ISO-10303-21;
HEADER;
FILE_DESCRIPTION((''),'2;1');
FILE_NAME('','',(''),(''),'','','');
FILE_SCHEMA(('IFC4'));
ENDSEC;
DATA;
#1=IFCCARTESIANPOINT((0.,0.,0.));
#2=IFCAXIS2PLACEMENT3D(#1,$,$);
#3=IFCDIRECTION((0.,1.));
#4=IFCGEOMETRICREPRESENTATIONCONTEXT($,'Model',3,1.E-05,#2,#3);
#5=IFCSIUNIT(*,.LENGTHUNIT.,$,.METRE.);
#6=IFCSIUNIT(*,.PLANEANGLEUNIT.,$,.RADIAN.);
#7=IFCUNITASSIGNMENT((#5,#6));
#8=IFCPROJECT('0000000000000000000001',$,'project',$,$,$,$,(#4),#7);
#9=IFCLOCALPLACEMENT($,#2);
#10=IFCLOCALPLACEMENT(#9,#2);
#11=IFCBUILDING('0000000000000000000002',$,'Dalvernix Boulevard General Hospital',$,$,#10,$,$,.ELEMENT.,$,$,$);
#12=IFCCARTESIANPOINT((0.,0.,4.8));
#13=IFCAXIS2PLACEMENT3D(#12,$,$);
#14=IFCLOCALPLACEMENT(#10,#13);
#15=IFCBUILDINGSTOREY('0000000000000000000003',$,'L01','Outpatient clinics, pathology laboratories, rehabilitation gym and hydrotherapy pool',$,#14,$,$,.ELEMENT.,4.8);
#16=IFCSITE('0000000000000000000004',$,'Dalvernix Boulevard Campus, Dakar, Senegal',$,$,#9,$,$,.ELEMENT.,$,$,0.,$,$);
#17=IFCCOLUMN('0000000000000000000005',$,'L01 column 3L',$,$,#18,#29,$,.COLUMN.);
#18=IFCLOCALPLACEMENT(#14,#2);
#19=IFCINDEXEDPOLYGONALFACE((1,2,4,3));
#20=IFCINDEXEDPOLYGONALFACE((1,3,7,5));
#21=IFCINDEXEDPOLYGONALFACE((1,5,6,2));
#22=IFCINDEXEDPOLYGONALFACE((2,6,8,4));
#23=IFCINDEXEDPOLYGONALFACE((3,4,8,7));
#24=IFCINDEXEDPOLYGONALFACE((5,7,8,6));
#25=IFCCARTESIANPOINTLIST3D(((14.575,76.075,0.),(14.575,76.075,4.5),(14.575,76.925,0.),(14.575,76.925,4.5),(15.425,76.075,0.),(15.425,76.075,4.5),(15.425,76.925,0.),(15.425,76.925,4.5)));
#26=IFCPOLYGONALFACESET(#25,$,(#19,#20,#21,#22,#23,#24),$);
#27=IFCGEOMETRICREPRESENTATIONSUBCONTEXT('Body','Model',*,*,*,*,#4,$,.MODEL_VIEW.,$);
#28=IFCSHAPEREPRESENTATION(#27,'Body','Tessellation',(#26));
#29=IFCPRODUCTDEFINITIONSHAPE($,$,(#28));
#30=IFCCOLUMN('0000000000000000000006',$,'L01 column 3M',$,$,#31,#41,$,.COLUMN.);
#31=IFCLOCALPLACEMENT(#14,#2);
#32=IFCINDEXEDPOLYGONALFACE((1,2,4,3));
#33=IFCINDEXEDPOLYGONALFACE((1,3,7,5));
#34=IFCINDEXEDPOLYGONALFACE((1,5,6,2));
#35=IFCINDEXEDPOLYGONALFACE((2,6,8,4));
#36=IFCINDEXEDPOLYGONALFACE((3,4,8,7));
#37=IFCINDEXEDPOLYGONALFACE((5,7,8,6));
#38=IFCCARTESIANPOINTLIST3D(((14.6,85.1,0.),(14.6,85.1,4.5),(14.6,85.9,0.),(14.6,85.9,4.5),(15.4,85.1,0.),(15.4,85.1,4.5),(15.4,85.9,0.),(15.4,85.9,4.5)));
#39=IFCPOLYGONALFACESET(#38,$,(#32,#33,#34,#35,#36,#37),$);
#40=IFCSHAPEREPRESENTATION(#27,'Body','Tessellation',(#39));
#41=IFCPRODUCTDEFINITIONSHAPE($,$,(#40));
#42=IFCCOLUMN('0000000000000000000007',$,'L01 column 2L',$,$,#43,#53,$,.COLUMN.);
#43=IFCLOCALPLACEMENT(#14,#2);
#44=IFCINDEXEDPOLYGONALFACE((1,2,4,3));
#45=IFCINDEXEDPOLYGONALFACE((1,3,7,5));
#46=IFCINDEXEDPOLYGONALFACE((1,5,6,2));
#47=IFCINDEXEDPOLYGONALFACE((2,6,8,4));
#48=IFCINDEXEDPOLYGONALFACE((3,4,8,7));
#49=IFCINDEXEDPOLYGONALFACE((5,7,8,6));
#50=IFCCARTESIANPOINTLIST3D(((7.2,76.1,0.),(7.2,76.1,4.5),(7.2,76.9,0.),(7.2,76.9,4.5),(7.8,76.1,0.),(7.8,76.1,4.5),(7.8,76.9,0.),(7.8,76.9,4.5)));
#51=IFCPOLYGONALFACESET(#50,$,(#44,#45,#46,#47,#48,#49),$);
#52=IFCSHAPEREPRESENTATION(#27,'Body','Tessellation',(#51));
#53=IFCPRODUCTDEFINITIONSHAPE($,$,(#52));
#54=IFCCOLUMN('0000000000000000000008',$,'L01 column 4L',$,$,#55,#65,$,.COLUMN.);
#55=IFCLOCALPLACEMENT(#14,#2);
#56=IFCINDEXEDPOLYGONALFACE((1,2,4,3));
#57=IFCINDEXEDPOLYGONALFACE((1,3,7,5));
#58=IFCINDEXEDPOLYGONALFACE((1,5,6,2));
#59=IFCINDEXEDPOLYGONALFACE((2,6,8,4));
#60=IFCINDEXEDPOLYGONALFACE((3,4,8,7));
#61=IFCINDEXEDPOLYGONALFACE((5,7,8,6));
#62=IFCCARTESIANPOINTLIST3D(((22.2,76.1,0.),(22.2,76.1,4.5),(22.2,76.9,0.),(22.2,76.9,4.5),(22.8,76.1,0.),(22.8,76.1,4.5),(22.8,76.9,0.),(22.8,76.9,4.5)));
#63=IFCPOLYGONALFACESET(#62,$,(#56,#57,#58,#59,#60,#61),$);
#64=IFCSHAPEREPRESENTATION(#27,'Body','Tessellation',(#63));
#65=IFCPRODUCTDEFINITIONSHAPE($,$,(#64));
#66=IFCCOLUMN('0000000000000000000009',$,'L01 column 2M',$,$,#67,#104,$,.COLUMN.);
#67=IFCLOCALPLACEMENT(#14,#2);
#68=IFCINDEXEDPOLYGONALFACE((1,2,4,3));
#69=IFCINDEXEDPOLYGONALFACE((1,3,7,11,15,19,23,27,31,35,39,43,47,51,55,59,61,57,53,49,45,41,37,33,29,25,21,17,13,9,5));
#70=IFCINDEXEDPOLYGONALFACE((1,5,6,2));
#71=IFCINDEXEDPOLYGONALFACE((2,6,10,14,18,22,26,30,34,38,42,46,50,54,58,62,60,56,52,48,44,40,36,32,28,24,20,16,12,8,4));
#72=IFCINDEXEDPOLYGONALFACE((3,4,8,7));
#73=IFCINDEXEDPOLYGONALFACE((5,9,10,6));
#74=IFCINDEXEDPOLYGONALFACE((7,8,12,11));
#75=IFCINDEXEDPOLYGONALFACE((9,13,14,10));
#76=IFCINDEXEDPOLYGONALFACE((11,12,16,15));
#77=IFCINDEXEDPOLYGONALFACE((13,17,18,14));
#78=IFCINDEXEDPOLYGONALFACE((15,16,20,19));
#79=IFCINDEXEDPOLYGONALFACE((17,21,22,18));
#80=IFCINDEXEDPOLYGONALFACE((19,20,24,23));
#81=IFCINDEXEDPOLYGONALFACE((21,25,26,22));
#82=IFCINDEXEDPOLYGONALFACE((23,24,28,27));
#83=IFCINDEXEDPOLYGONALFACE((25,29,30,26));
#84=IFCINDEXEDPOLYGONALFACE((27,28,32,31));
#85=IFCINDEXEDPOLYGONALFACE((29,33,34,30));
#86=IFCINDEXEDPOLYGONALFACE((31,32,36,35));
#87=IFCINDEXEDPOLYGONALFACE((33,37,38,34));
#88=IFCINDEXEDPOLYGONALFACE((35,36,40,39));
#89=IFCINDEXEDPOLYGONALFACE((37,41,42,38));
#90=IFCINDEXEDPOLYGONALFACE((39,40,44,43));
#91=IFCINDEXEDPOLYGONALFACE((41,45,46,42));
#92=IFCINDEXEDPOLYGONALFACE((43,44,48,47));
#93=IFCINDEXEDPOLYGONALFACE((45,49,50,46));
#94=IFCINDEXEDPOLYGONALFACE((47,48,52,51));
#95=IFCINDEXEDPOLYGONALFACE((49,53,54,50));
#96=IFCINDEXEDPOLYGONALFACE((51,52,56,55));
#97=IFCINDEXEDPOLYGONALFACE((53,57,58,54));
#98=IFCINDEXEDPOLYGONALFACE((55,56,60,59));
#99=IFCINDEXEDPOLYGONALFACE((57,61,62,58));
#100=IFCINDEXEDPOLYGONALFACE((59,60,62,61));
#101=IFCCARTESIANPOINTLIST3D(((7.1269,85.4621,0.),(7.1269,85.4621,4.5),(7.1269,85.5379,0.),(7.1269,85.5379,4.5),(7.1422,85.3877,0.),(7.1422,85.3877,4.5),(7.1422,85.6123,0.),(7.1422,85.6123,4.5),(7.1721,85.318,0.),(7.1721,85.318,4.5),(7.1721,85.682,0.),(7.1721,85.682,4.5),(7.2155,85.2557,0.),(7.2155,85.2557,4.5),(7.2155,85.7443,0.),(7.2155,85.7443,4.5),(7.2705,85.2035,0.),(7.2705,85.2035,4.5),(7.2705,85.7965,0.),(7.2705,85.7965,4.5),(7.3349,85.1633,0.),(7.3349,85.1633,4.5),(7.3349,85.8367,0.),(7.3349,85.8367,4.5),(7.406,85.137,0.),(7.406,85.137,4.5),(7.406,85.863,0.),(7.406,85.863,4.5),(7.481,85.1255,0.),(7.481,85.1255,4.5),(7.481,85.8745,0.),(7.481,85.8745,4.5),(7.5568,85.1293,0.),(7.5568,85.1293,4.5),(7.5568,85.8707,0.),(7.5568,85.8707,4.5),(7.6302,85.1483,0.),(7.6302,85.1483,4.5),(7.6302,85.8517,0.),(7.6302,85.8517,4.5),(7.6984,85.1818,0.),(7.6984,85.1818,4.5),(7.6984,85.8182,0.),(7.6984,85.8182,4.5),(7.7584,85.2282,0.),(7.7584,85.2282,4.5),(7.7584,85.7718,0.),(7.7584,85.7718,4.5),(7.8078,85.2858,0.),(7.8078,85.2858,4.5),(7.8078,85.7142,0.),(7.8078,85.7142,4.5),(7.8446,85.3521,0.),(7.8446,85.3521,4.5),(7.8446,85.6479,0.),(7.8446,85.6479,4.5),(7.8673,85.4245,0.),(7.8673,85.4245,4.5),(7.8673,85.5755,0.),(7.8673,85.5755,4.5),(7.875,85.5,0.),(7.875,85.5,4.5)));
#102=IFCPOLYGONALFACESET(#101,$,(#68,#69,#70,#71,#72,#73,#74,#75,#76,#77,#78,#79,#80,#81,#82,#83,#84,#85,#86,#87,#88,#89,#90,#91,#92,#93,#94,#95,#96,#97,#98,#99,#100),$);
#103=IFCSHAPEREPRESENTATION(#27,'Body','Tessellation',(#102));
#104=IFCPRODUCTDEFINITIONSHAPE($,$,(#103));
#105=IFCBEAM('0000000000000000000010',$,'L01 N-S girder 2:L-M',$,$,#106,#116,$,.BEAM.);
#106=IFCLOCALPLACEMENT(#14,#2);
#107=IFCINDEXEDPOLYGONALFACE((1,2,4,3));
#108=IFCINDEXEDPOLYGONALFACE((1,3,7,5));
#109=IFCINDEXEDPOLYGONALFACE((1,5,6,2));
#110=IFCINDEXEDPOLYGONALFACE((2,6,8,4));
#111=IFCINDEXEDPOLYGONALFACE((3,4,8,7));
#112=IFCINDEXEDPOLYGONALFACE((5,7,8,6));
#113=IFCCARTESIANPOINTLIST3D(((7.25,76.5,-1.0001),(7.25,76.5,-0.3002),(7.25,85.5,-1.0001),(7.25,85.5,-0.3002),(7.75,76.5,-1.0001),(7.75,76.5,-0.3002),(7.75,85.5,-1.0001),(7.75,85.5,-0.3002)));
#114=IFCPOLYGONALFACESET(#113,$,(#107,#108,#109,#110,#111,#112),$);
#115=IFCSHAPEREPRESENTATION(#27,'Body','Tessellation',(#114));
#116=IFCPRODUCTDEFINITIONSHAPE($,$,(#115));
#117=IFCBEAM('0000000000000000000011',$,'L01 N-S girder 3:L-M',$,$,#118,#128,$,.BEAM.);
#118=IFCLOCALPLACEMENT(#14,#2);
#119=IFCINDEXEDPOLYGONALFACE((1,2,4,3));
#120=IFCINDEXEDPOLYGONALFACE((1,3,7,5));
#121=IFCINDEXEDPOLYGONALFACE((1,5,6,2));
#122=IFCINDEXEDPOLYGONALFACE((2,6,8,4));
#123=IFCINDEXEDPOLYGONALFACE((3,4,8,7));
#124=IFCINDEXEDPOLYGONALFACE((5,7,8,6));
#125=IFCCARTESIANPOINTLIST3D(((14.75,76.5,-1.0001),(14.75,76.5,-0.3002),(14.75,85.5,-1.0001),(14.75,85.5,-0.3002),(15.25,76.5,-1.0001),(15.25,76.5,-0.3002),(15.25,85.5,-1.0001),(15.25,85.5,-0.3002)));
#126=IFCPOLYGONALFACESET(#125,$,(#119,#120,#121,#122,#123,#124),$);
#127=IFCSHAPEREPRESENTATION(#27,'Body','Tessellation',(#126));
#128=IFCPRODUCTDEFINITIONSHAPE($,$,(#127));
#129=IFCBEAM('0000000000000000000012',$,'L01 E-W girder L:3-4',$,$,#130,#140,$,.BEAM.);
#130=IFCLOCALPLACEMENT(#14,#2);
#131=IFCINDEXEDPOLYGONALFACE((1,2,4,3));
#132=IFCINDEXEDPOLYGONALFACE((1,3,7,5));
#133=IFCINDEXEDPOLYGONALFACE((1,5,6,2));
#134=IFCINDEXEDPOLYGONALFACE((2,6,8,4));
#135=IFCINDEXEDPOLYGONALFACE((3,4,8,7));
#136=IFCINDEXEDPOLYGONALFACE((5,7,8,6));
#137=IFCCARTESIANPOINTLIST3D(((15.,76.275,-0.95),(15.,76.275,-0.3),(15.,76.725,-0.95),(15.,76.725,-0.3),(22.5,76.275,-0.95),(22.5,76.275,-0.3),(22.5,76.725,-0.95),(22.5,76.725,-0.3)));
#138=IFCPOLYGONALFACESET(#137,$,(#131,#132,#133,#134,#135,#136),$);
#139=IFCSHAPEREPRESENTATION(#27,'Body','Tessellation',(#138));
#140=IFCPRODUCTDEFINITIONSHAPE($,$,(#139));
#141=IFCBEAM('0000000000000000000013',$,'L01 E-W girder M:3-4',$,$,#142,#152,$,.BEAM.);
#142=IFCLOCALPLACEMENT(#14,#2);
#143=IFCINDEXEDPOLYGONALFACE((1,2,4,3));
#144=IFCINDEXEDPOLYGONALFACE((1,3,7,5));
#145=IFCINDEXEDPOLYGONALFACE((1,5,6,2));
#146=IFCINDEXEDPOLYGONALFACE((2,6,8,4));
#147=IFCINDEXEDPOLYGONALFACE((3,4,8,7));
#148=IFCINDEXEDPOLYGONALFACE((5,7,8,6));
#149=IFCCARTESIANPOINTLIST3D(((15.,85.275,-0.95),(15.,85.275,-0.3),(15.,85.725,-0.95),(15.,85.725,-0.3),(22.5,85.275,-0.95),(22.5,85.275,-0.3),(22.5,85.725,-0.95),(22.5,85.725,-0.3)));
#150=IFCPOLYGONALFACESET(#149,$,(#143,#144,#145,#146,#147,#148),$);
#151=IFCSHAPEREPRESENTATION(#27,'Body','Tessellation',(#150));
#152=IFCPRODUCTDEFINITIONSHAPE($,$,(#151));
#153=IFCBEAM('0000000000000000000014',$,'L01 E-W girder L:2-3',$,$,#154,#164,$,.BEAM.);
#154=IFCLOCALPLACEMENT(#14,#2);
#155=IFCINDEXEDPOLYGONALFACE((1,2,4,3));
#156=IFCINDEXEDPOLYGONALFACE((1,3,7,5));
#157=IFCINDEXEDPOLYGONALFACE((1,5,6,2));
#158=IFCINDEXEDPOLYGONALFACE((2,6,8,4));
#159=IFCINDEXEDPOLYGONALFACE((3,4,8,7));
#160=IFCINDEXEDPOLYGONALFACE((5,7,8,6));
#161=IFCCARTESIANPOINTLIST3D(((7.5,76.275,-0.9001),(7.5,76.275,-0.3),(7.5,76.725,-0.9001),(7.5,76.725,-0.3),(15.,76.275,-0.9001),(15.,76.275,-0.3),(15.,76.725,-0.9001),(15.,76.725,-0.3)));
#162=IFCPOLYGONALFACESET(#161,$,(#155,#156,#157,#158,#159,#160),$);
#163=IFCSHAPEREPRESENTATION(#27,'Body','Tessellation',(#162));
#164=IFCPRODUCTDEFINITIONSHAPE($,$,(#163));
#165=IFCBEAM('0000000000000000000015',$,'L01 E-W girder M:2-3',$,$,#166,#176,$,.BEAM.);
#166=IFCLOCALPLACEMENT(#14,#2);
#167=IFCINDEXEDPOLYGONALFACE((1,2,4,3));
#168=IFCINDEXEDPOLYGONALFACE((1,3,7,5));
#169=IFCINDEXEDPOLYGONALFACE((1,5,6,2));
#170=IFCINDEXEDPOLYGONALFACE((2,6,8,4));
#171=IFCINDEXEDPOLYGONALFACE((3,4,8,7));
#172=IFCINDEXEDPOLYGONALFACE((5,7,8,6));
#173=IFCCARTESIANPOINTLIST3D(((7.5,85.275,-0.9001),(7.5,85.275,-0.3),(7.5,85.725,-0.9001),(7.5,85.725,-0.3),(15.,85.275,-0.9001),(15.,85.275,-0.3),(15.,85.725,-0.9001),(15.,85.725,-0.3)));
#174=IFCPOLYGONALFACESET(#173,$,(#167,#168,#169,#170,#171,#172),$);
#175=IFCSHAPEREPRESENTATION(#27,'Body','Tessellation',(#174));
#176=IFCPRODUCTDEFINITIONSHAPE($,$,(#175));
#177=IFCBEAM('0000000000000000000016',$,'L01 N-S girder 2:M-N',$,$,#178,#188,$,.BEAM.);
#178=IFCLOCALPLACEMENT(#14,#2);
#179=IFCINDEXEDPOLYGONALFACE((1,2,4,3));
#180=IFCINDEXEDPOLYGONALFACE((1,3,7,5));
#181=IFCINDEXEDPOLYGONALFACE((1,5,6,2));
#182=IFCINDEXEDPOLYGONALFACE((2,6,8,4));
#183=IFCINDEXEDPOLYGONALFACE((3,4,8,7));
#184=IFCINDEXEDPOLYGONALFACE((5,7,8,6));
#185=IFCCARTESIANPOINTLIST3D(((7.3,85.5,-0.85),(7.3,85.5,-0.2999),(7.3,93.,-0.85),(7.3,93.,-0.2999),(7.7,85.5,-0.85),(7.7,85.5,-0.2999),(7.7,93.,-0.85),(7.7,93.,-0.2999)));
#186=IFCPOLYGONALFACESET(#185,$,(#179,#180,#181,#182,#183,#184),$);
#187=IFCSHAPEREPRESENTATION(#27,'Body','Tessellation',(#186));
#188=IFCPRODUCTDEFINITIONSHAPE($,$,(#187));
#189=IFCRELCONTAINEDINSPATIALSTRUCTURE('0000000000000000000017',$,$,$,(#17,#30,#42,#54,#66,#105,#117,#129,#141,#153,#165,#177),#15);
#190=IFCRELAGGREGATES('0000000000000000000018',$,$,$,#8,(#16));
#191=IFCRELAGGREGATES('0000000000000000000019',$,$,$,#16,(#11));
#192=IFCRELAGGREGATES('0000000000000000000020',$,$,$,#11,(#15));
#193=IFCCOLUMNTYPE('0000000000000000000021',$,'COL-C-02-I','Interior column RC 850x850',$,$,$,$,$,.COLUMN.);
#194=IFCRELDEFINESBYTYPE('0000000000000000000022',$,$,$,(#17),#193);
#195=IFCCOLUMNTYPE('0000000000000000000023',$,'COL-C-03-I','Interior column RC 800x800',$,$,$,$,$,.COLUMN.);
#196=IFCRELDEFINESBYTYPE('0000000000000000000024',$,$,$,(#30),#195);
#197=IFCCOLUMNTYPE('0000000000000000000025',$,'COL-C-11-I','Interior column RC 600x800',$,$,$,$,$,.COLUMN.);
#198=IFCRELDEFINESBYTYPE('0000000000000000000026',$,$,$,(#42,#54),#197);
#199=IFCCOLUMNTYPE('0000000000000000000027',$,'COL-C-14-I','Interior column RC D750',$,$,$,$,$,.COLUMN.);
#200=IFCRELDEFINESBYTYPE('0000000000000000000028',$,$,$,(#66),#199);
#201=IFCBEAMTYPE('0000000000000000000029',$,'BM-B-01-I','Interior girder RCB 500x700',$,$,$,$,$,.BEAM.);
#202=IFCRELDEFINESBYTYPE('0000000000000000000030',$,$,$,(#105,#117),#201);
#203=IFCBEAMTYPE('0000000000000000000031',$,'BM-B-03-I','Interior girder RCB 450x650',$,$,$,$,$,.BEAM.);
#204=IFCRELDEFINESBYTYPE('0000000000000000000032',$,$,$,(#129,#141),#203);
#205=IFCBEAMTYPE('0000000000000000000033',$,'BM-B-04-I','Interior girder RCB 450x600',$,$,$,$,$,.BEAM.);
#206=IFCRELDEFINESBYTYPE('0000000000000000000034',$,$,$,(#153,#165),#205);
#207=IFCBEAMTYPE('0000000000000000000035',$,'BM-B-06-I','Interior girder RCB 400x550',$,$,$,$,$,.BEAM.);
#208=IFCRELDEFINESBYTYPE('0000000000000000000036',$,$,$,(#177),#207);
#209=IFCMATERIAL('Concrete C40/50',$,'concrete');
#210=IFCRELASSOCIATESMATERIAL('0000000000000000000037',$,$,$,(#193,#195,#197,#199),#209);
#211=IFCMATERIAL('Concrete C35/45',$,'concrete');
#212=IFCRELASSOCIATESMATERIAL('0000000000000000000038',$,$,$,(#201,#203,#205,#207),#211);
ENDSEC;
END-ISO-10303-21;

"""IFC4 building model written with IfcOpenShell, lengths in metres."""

from ifc_helpers import new_model, si_unit, direction, frame, origin, origin_2d, place, context, subcontext, project, spatial, rectangle, circle, extrude, material, material_profile, profile_set, type_object, element, save


model = new_model("IFC4")

# Units and contexts
model_context = context("Model", 3, precision=1e-05, world=origin(), true_north=direction((0.0, 1.0)))
body_context = subcontext(model_context, "Body", "Model", "MODEL_VIEW")
ifc_project = project(units=[si_unit("LENGTHUNIT", "METRE"), si_unit("PLANEANGLEUNIT", "RADIAN")], contexts=[model_context])

# Site, building, storey
site_placement = place(None, origin())
site = spatial("IfcSite", under=ifc_project, at=site_placement, Name="Dalvernix Boulevard Campus, Dakar, Senegal", CompositionType="ELEMENT", RefElevation=0.0)
building_placement = place(site_placement, origin())
building = spatial("IfcBuilding", under=site, at=building_placement, Name="Dalvernix Boulevard General Hospital", CompositionType="ELEMENT")
storey_placement = place(building_placement, frame((0.0, 0.0, 4.8)))
storey = spatial("IfcBuildingStorey", under=building, at=storey_placement, Name="L01", Description="Outpatient clinics, pathology laboratories, rehabilitation gym and hydrotherapy pool", CompositionType="ELEMENT", Elevation=4.8)

# Columns
ifc_material_1 = material(Name="Concrete C40/50", Category="concrete")
ifc_material_profile_1 = material_profile(ifc_material_1, rectangle(XDim=0.8501, YDim=0.8501, at=origin_2d()), Name="RC 850x850")
ifc_profile_set_1 = profile_set([ifc_material_profile_1], Name="Concrete C40/50")
column_type_1 = type_object("IfcColumnType", Name="COL-C-02-I", Description="Interior column RC 850x850", PredefinedType="COLUMN", material=ifc_profile_set_1)
column_1_placement = place(storey_placement, frame((15.0, 76.5, 0.0), z_axis=(0.0, 0.0, 1.0), x_axis=(1.0, 0.0, 0.0)))
element("IfcColumn", 1, at=column_1_placement, inside=storey, type_object=column_type_1, Name="L01 column 3L", PredefinedType="COLUMN", context=body_context, shape_type="SweptSolid", body=[
    extrude(rectangle(XDim=0.8501, YDim=0.8501, at=origin_2d()), origin(), (0.0, 0.0, 1.0), 4.5),
])
ifc_material_profile_2 = material_profile(ifc_material_1, rectangle(XDim=0.8, YDim=0.8, at=origin_2d()), Name="RC 800x800")
ifc_profile_set_2 = profile_set([ifc_material_profile_2], Name="Concrete C40/50")
column_type_2 = type_object("IfcColumnType", Name="COL-C-03-I", Description="Interior column RC 800x800", PredefinedType="COLUMN", material=ifc_profile_set_2)
column_2_placement = place(storey_placement, frame((15.0, 85.5, 0.0), z_axis=(0.0, 0.0, 1.0), x_axis=(1.0, 0.0, 0.0)))
element("IfcColumn", 2, at=column_2_placement, inside=storey, type_object=column_type_2, Name="L01 column 3M", PredefinedType="COLUMN", context=body_context, shape_type="SweptSolid", body=[
    extrude(rectangle(XDim=0.8, YDim=0.8, at=origin_2d()), origin(), (0.0, 0.0, 1.0), 4.5),
])
ifc_material_profile_3 = material_profile(ifc_material_1, rectangle(XDim=0.6001, YDim=0.8, at=origin_2d()), Name="RC 600x800")
ifc_profile_set_3 = profile_set([ifc_material_profile_3], Name="Concrete C40/50")
column_type_3 = type_object("IfcColumnType", Name="COL-C-11-I", Description="Interior column RC 600x800", PredefinedType="COLUMN", material=ifc_profile_set_3)
for number, where, z_axis, x_axis, name in (
    (3, (7.5, 76.5, 0.0), (0.0, 0.0, 1.0), (1.0, 0.0, 0.0), "L01 column 2L"),
    (4, (22.5, 76.5, 0.0), (0.0, 0.0, 1.0), (1.0, 0.0, 0.0), "L01 column 4L"),
):
    element("IfcColumn", number, at=place(storey_placement, frame(where, z_axis=z_axis, x_axis=x_axis)), inside=storey, type_object=column_type_3, Name=name, PredefinedType="COLUMN", context=body_context, shape_type="SweptSolid", body=[
        extrude(rectangle(XDim=0.6001, YDim=0.8, at=origin_2d()), origin(), (0.0, 0.0, 1.0), 4.5),
    ])
ifc_material_profile_4 = material_profile(ifc_material_1, circle(Radius=0.375, at=origin_2d()), Name="RC D750")
ifc_profile_set_4 = profile_set([ifc_material_profile_4], Name="Concrete C40/50")
column_type_4 = type_object("IfcColumnType", Name="COL-C-14-I", Description="Interior column RC D750", PredefinedType="COLUMN", material=ifc_profile_set_4)
column_3_placement = place(storey_placement, frame((7.5, 85.5, 0.0), z_axis=(0.0, 0.0, 1.0), x_axis=(1.0, 0.0, 0.0)))
element("IfcColumn", 5, at=column_3_placement, inside=storey, type_object=column_type_4, Name="L01 column 2M", PredefinedType="COLUMN", context=body_context, shape_type="SweptSolid", body=[
    extrude(circle(Radius=0.375, at=origin_2d()), origin(), (0.0, 0.0, 1.0), 4.5),
])

# Beams
ifc_material_2 = material(Name="Concrete C35/45", Category="concrete")
ifc_material_profile_5 = material_profile(ifc_material_2, rectangle(XDim=0.5, YDim=0.7, at=origin_2d()), Name="RCB 500x700")
ifc_profile_set_5 = profile_set([ifc_material_profile_5], Name="Concrete C35/45")
beam_type_1 = type_object("IfcBeamType", Name="BM-B-01-I", Description="Interior girder RCB 500x700", PredefinedType="BEAM", material=ifc_profile_set_5)
for number, where, z_axis, x_axis, name in (
    (6, (7.5, 76.5, -0.6501), (0.0, 1.0, 0.0), (-1.0, 0.0, 0.0), "L01 N-S girder 2:L-M"),
    (7, (15.0, 76.5, -0.6501), (0.0, 1.0, 0.0), (-1.0, 0.0, 0.0), "L01 N-S girder 3:L-M"),
):
    element("IfcBeam", number, at=place(storey_placement, frame(where, z_axis=z_axis, x_axis=x_axis)), inside=storey, type_object=beam_type_1, Name=name, PredefinedType="BEAM", context=body_context, shape_type="SweptSolid", body=[
        extrude(rectangle(XDim=0.5, YDim=0.7, at=origin_2d()), origin(), (0.0, 0.0, 1.0), 9.0),
    ])
ifc_material_profile_6 = material_profile(ifc_material_2, rectangle(XDim=0.45, YDim=0.6499, at=origin_2d()), Name="RCB 450x650")
ifc_profile_set_6 = profile_set([ifc_material_profile_6], Name="Concrete C35/45")
beam_type_2 = type_object("IfcBeamType", Name="BM-B-03-I", Description="Interior girder RCB 450x650", PredefinedType="BEAM", material=ifc_profile_set_6)
for number, where, z_axis, x_axis, name in (
    (8, (15.0, 76.5, -0.625), (1.0, 0.0, 0.0), (0.0, 1.0, 0.0), "L01 E-W girder L:3-4"),
    (9, (15.0, 85.5, -0.625), (1.0, 0.0, 0.0), (0.0, 1.0, 0.0), "L01 E-W girder M:3-4"),
):
    element("IfcBeam", number, at=place(storey_placement, frame(where, z_axis=z_axis, x_axis=x_axis)), inside=storey, type_object=beam_type_2, Name=name, PredefinedType="BEAM", context=body_context, shape_type="SweptSolid", body=[
        extrude(rectangle(XDim=0.45, YDim=0.6499, at=origin_2d()), origin(), (0.0, 0.0, 1.0), 7.5),
    ])
ifc_material_profile_7 = material_profile(ifc_material_2, rectangle(XDim=0.45, YDim=0.6001, at=origin_2d()), Name="RCB 450x600")
ifc_profile_set_7 = profile_set([ifc_material_profile_7], Name="Concrete C35/45")
beam_type_3 = type_object("IfcBeamType", Name="BM-B-04-I", Description="Interior girder RCB 450x600", PredefinedType="BEAM", material=ifc_profile_set_7)
for number, where, z_axis, x_axis, name in (
    (10, (7.5, 76.5, -0.6001), (1.0, 0.0, 0.0), (0.0, 1.0, 0.0), "L01 E-W girder L:2-3"),
    (11, (7.5, 85.5, -0.6001), (1.0, 0.0, 0.0), (0.0, 1.0, 0.0), "L01 E-W girder M:2-3"),
):
    element("IfcBeam", number, at=place(storey_placement, frame(where, z_axis=z_axis, x_axis=x_axis)), inside=storey, type_object=beam_type_3, Name=name, PredefinedType="BEAM", context=body_context, shape_type="SweptSolid", body=[
        extrude(rectangle(XDim=0.45, YDim=0.6001, at=origin_2d()), origin(), (0.0, 0.0, 1.0), 7.5),
    ])
ifc_material_profile_8 = material_profile(ifc_material_2, rectangle(XDim=0.3999, YDim=0.55, at=origin_2d()), Name="RCB 400x550")
ifc_profile_set_8 = profile_set([ifc_material_profile_8], Name="Concrete C35/45")
beam_type_4 = type_object("IfcBeamType", Name="BM-B-06-I", Description="Interior girder RCB 400x550", PredefinedType="BEAM", material=ifc_profile_set_8)
beam_1_placement = place(storey_placement, frame((7.5, 85.5, -0.575), z_axis=(0.0, 1.0, 0.0), x_axis=(-1.0, 0.0, 0.0)))
element("IfcBeam", 12, at=beam_1_placement, inside=storey, type_object=beam_type_4, Name="L01 N-S girder 2:M-N", PredefinedType="BEAM", context=body_context, shape_type="SweptSolid", body=[
    extrude(rectangle(XDim=0.3999, YDim=0.55, at=origin_2d()), origin(), (0.0, 0.0, 1.0), 7.5),
])

save(model, "model.ifc")
